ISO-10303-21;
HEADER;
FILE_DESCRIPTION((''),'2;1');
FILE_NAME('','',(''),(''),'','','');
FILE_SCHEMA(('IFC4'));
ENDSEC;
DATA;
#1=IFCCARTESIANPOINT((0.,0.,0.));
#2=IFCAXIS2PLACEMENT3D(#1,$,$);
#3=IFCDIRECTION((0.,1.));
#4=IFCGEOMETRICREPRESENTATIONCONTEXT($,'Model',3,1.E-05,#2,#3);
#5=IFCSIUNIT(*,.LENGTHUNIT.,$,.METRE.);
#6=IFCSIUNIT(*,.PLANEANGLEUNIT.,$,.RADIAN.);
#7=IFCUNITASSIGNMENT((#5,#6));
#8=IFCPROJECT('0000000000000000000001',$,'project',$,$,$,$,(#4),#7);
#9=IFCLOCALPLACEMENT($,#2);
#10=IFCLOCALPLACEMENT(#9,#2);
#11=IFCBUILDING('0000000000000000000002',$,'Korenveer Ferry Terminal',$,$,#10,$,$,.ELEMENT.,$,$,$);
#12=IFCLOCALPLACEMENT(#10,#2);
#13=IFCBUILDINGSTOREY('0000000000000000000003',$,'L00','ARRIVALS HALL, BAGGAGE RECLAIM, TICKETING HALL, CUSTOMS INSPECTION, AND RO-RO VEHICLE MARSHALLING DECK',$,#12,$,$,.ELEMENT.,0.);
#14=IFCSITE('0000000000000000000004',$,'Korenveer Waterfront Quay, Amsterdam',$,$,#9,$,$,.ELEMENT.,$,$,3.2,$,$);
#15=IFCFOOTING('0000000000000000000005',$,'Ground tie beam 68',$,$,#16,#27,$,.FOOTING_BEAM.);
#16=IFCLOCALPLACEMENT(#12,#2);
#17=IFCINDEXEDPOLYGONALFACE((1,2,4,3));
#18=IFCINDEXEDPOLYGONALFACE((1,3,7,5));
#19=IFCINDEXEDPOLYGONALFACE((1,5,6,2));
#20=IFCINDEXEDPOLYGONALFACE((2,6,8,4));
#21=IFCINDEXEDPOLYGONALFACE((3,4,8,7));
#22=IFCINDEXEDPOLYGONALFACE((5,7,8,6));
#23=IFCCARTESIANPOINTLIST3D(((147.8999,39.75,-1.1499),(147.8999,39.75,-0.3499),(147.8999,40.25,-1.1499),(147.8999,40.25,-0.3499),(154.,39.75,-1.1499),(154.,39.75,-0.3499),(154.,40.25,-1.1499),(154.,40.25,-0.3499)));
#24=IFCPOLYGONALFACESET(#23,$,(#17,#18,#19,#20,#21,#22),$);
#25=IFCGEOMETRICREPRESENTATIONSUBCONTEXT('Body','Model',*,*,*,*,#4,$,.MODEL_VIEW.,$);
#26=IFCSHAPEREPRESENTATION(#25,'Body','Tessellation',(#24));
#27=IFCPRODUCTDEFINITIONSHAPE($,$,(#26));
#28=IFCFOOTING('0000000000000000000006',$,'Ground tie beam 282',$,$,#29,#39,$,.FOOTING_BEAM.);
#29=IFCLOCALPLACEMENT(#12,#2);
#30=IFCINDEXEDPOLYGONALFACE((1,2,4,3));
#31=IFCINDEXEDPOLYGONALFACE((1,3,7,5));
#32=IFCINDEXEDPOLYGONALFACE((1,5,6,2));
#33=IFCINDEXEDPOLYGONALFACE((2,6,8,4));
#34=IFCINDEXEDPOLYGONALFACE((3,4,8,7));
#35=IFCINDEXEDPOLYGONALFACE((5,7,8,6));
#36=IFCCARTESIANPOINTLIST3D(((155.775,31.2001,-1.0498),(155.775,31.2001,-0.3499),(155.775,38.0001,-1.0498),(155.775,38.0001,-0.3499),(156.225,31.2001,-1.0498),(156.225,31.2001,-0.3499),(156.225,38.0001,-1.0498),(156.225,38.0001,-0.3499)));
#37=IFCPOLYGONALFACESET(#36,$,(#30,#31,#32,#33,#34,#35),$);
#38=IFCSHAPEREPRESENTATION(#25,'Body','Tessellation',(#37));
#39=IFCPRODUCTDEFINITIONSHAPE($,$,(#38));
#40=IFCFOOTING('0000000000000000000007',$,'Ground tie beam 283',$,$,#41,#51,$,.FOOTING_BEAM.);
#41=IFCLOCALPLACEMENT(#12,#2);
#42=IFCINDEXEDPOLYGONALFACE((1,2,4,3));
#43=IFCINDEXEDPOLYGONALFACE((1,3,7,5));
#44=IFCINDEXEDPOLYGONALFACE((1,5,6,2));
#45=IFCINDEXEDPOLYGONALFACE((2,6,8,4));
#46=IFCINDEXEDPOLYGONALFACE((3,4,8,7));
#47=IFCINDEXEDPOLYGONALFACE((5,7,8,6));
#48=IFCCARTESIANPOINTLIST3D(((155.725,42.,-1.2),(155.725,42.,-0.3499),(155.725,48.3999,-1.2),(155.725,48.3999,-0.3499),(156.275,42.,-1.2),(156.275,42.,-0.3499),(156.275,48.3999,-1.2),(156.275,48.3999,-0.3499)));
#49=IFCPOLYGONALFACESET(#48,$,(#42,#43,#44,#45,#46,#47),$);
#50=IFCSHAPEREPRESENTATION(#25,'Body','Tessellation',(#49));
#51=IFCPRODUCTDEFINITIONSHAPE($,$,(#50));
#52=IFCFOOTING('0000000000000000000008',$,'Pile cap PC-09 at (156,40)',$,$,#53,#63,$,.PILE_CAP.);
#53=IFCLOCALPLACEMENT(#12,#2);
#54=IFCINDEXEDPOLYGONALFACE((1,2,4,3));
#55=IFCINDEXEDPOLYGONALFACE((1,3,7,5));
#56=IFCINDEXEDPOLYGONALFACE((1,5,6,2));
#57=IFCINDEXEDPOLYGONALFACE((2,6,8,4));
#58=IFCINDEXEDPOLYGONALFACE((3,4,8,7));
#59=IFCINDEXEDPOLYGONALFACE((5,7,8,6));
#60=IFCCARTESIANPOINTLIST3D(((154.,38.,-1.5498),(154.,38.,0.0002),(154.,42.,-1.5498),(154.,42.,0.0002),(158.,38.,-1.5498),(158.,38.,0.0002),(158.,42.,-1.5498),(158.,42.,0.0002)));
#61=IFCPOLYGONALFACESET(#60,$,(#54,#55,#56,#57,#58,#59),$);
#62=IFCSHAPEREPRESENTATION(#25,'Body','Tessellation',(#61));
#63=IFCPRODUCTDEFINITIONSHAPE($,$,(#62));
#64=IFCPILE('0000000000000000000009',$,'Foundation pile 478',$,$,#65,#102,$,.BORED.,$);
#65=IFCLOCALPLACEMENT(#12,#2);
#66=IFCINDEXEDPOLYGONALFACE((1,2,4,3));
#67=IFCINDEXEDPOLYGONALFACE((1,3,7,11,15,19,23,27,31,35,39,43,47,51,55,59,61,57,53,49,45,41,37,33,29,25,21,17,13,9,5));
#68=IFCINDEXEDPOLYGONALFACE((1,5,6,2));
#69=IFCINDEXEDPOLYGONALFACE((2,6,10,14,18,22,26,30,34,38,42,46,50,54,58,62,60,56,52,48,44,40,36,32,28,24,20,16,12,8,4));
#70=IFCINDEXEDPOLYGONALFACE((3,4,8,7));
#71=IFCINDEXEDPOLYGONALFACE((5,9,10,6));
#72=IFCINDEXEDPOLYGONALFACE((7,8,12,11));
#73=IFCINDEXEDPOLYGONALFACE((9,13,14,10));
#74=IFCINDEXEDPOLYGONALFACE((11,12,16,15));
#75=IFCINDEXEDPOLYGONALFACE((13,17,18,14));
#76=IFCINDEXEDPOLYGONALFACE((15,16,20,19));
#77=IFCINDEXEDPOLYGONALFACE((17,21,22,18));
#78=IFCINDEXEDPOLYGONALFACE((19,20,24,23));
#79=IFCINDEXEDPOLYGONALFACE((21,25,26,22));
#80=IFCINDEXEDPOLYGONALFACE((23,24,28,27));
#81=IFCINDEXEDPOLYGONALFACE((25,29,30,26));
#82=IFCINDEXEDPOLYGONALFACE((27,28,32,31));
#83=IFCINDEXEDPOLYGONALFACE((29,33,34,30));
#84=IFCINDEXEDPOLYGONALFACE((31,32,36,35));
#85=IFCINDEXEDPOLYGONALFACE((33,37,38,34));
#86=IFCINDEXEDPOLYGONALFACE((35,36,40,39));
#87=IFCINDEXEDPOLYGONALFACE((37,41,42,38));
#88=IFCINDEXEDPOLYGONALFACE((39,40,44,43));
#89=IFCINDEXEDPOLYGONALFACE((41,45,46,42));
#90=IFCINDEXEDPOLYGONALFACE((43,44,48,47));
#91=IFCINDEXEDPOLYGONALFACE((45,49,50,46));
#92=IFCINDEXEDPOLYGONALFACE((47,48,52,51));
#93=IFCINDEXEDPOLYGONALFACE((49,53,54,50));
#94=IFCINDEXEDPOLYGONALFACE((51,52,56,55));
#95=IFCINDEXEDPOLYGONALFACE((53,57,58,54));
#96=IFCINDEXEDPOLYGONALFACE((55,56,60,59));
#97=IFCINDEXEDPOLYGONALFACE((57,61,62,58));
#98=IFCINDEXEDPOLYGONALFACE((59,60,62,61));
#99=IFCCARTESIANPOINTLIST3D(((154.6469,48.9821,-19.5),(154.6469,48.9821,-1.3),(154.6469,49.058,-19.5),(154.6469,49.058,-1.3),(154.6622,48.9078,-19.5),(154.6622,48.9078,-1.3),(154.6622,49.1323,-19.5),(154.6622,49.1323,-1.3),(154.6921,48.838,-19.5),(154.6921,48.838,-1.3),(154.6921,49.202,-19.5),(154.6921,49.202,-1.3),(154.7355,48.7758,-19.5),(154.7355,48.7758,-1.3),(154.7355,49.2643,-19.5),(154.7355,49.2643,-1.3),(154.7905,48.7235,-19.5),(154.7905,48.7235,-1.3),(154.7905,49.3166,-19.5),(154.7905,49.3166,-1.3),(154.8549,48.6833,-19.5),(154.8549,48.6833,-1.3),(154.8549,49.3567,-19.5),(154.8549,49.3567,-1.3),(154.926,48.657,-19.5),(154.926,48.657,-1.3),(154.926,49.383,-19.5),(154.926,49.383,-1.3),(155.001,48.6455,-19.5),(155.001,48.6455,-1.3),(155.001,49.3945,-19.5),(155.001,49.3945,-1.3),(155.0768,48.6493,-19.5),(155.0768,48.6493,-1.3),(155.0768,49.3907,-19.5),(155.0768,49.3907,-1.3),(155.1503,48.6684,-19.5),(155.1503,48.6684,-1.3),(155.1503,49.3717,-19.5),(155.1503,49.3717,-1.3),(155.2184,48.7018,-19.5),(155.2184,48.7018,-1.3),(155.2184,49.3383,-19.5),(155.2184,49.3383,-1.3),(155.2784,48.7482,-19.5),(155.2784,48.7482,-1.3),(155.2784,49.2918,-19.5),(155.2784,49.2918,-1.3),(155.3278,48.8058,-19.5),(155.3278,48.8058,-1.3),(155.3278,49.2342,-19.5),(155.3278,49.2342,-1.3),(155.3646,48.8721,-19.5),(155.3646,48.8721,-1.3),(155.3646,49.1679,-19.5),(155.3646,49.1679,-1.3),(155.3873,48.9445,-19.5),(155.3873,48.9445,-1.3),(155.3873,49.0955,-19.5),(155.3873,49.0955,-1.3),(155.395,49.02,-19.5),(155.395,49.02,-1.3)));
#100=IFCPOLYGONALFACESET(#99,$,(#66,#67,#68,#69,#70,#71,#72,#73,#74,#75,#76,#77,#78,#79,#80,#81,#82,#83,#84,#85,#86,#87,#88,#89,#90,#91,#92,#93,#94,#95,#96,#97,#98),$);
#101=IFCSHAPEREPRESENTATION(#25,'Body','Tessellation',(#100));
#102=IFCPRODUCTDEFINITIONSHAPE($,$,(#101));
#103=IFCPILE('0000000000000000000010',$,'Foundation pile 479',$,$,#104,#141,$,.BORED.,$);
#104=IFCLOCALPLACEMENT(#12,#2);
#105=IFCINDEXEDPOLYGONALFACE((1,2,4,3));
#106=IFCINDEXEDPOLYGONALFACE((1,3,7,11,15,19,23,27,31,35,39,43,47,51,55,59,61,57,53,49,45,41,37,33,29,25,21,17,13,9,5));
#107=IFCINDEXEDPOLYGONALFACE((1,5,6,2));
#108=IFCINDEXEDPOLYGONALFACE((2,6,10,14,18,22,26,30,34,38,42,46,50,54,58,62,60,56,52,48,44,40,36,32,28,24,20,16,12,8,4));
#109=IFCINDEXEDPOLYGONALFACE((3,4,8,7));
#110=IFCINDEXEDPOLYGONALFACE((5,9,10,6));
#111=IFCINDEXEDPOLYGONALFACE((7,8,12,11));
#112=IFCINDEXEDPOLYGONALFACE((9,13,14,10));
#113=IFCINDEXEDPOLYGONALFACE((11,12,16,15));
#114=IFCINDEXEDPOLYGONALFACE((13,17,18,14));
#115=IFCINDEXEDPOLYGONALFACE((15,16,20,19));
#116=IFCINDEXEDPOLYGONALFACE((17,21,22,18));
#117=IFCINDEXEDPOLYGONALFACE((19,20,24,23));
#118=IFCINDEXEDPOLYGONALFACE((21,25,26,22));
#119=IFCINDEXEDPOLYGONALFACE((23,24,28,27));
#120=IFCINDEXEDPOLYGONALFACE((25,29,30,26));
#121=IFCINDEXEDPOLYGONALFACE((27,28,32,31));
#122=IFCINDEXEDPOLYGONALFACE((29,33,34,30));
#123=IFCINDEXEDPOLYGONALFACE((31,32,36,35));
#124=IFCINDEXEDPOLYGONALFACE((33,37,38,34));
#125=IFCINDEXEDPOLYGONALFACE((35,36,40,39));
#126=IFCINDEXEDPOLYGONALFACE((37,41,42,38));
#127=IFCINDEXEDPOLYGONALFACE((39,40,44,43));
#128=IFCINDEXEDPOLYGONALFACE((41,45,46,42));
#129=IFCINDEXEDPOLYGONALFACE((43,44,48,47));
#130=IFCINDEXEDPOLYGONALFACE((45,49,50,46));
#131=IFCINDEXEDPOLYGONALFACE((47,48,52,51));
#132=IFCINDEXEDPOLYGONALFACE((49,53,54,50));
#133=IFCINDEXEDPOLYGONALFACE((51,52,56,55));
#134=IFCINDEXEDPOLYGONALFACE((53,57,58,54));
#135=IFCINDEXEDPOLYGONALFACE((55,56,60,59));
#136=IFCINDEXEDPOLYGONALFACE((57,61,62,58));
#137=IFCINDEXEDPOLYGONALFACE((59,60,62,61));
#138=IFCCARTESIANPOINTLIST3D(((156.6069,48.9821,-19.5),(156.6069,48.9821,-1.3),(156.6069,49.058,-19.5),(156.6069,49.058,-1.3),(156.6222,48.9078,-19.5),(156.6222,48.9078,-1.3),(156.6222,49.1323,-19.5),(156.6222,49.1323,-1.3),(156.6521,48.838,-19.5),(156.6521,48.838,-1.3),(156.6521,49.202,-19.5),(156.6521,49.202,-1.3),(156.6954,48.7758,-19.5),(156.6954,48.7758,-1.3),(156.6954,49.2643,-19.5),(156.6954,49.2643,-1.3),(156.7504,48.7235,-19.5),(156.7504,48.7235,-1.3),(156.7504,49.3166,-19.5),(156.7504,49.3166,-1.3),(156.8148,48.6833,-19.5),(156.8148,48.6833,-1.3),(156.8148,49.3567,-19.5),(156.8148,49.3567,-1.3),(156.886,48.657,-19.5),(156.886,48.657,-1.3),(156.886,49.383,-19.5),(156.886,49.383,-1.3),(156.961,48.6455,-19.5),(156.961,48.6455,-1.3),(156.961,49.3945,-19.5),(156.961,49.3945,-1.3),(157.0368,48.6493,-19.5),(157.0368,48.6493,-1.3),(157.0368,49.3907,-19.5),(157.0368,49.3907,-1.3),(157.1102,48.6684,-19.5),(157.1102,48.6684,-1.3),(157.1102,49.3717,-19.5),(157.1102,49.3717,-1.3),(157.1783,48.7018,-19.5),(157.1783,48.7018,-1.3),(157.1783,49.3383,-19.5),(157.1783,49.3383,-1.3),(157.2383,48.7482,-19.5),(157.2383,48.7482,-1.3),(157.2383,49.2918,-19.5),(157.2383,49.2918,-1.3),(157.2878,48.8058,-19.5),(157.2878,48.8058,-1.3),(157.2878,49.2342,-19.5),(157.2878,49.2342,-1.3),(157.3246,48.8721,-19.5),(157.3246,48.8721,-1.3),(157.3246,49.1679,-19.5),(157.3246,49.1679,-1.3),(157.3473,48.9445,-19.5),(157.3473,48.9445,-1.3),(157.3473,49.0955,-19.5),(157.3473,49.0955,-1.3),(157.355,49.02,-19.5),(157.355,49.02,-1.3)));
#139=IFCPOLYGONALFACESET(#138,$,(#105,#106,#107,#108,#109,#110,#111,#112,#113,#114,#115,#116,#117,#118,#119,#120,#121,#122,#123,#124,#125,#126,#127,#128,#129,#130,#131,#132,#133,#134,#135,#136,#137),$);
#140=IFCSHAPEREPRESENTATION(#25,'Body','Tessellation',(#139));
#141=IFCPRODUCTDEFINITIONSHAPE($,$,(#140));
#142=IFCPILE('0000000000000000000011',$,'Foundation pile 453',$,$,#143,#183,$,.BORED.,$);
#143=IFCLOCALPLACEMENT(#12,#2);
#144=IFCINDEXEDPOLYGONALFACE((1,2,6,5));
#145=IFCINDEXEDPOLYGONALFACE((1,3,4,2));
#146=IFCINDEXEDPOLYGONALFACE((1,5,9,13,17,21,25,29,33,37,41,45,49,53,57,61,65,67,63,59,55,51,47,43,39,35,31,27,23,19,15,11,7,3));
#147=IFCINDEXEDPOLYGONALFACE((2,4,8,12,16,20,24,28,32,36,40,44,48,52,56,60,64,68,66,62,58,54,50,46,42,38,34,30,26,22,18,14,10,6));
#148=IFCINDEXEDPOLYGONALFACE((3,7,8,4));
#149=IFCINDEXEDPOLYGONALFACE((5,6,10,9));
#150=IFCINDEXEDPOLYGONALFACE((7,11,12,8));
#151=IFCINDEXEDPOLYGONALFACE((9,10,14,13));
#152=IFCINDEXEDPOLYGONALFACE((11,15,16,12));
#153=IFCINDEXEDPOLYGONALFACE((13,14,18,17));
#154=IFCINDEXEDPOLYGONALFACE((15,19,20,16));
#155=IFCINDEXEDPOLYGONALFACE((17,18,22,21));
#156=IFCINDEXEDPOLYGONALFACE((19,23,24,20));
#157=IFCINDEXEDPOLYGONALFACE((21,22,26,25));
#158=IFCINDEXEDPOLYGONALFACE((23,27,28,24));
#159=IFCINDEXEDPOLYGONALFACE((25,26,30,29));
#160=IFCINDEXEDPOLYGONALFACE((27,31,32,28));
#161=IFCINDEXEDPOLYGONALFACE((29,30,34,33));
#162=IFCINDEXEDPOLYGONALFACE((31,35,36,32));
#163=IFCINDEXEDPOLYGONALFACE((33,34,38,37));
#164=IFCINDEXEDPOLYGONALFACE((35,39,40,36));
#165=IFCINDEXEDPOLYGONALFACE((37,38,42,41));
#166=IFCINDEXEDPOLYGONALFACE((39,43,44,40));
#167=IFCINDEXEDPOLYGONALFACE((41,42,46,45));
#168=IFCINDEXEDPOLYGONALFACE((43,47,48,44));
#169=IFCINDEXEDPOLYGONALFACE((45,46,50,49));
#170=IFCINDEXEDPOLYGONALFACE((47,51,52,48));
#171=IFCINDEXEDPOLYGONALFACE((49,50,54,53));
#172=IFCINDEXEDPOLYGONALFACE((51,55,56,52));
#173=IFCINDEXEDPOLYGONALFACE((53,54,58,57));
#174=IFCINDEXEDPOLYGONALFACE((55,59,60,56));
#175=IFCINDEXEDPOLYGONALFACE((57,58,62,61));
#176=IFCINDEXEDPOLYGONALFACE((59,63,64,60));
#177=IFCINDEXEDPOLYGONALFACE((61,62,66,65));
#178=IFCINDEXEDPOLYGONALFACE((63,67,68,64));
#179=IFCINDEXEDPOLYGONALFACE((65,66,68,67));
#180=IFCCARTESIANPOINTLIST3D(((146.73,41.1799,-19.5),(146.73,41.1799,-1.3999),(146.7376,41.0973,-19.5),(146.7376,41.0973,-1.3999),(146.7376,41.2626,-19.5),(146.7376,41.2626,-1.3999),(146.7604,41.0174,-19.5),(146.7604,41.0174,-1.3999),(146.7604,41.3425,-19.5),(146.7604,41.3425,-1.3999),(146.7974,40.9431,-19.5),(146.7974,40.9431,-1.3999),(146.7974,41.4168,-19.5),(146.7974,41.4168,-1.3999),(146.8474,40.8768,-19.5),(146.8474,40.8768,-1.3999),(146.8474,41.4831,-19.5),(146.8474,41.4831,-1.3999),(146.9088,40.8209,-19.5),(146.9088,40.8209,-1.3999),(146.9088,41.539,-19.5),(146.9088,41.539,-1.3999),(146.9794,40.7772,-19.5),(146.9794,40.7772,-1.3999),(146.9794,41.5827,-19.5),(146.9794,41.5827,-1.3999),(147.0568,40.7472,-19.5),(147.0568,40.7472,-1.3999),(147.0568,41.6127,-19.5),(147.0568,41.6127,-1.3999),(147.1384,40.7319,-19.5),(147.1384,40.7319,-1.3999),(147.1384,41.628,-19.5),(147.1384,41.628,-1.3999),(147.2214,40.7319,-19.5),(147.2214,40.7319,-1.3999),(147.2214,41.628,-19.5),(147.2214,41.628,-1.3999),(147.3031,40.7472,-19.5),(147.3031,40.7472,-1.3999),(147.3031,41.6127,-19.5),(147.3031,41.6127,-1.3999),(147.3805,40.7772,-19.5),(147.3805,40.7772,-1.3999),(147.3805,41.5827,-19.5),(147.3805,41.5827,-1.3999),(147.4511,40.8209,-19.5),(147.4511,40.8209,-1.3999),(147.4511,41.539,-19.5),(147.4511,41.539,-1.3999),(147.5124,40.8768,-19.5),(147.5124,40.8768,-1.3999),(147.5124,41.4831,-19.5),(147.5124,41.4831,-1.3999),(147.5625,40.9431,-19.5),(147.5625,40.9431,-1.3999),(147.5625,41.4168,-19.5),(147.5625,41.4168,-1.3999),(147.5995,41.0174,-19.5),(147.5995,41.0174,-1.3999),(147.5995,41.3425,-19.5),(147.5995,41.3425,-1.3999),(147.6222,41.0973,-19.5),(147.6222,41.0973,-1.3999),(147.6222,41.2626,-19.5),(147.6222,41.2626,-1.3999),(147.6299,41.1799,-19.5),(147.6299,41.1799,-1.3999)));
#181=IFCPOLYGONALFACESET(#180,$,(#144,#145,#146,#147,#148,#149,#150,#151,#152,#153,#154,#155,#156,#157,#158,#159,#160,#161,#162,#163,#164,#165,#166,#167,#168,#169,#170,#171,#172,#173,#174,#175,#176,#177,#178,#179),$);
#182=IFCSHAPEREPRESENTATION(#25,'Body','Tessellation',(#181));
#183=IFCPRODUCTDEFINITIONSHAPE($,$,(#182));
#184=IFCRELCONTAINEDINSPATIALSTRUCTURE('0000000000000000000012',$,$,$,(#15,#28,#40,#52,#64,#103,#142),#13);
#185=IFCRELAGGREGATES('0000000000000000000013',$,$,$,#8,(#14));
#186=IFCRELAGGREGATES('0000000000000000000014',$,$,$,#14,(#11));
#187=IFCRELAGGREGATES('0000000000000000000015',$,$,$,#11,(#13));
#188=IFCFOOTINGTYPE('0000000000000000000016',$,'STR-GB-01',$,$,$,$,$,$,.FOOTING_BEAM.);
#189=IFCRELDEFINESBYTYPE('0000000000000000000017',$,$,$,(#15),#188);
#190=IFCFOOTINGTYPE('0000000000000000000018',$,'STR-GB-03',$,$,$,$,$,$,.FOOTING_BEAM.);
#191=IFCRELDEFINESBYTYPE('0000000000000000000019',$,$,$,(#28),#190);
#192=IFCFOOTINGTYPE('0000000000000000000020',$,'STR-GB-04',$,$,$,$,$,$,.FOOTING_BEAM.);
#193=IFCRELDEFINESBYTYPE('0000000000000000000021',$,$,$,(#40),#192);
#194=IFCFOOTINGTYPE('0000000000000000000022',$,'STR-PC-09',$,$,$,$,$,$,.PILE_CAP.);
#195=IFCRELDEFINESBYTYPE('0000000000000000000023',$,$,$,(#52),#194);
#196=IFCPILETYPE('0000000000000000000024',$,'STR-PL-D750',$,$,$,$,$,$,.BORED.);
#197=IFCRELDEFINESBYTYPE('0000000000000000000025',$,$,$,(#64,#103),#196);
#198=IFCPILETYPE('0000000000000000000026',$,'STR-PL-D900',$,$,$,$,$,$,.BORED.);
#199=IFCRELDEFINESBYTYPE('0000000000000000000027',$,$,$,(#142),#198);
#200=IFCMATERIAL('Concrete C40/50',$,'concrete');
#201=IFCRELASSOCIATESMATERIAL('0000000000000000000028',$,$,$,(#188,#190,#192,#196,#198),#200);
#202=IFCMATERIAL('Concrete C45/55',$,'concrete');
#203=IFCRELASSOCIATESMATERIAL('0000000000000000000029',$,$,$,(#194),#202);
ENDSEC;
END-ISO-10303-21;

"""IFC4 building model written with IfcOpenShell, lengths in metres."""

from ifc_helpers import new_model, si_unit, direction, frame, origin, origin_2d, place, context, subcontext, project, spatial, rectangle, circle, extrude, material, material_profile, profile_set, type_object, element, save


model = new_model("IFC4")

# Units and contexts
model_context = context("Model", 3, precision=1e-05, world=origin(), true_north=direction((0.0, 1.0)))
body_context = subcontext(model_context, "Body", "Model", "MODEL_VIEW")
ifc_project = project(units=[si_unit("LENGTHUNIT", "METRE"), si_unit("PLANEANGLEUNIT", "RADIAN")], contexts=[model_context])

# Site, building, storey
site_placement = place(None, origin())
site = spatial("IfcSite", under=ifc_project, at=site_placement, Name="Korenveer Waterfront Quay, Amsterdam", CompositionType="ELEMENT", RefElevation=3.2)
building_placement = place(site_placement, origin())
building = spatial("IfcBuilding", under=site, at=building_placement, Name="Korenveer Ferry Terminal", CompositionType="ELEMENT")
storey_placement = place(building_placement, origin())
storey = spatial("IfcBuildingStorey", under=building, at=storey_placement, Name="L00", Description="ARRIVALS HALL, BAGGAGE RECLAIM, TICKETING HALL, CUSTOMS INSPECTION, AND RO-RO VEHICLE MARSHALLING DECK", CompositionType="ELEMENT", Elevation=0.0)

# Footings
ifc_material_1 = material(Name="Concrete C40/50", Category="concrete")
footing_type_1 = type_object("IfcFootingType", Name="STR-GB-01", PredefinedType="FOOTING_BEAM", material=ifc_material_1)
footing_1_placement = place(storey_placement, frame((150.95, 40.0, -1.1499), z_axis=(0.0, 0.0, 1.0), x_axis=(1.0, 0.0, 0.0)))
element("IfcFooting", 1, at=footing_1_placement, inside=storey, type_object=footing_type_1, Name="Ground tie beam 68", PredefinedType="FOOTING_BEAM", context=body_context, shape_type="SweptSolid", body=[
    extrude(rectangle(XDim=6.1001, YDim=0.5, at=origin_2d()), origin(), (0.0, 0.0, 1.0), 0.8),
])
footing_type_2 = type_object("IfcFootingType", Name="STR-GB-03", PredefinedType="FOOTING_BEAM", material=ifc_material_1)
footing_2_placement = place(storey_placement, frame((156.0, 34.6001, -1.0498), z_axis=(0.0, 0.0, 1.0), x_axis=(1.0, 0.0, 0.0)))
element("IfcFooting", 2, at=footing_2_placement, inside=storey, type_object=footing_type_2, Name="Ground tie beam 282", PredefinedType="FOOTING_BEAM", context=body_context, shape_type="SweptSolid", body=[
    extrude(rectangle(XDim=0.45, YDim=6.8, at=origin_2d()), origin(), (0.0, 0.0, 1.0), 0.7),
])
footing_type_3 = type_object("IfcFootingType", Name="STR-GB-04", PredefinedType="FOOTING_BEAM", material=ifc_material_1)
footing_3_placement = place(storey_placement, frame((156.0, 45.2, -1.2), z_axis=(0.0, 0.0, 1.0), x_axis=(1.0, 0.0, 0.0)))
element("IfcFooting", 3, at=footing_3_placement, inside=storey, type_object=footing_type_3, Name="Ground tie beam 283", PredefinedType="FOOTING_BEAM", context=body_context, shape_type="SweptSolid", body=[
    extrude(rectangle(XDim=0.55, YDim=6.3999, at=origin_2d()), origin(), (0.0, 0.0, 1.0), 0.8501),
])
ifc_material_2 = material(Name="Concrete C45/55", Category="concrete")
footing_type_4 = type_object("IfcFootingType", Name="STR-PC-09", PredefinedType="PILE_CAP", material=ifc_material_2)
footing_4_placement = place(storey_placement, frame((156.0, 40.0, -1.5498), z_axis=(0.0, 0.0, 1.0), x_axis=(1.0, 0.0, 0.0)))
element("IfcFooting", 4, at=footing_4_placement, inside=storey, type_object=footing_type_4, Name="Pile cap PC-09 at (156,40)", PredefinedType="PILE_CAP", context=body_context, shape_type="SweptSolid", body=[
    extrude(rectangle(XDim=4.0, YDim=4.0, at=origin_2d()), origin(), (0.0, 0.0, 1.0), 1.55),
])

# Piles
ifc_material_profile_1 = material_profile(ifc_material_1, circle(Radius=0.375, at=origin_2d()), Name="PILE D750")
ifc_profile_set_1 = profile_set([ifc_material_profile_1], Name="Concrete C40/50")
pile_type_1 = type_object("IfcPileType", Name="STR-PL-D750", PredefinedType="BORED", material=ifc_profile_set_1)
for number, where, z_axis, x_axis, name in (
    (5, (155.02, 49.02, -1.3), (0.0, 0.0, -1.0), (1.0, 0.0, 0.0), "Foundation pile 478"),
    (6, (156.98, 49.02, -1.3), (0.0, 0.0, -1.0), (1.0, 0.0, 0.0), "Foundation pile 479"),
):
    element("IfcPile", number, at=place(storey_placement, frame(where, z_axis=z_axis, x_axis=x_axis)), inside=storey, type_object=pile_type_1, Name=name, PredefinedType="BORED", context=body_context, shape_type="SweptSolid", body=[
        extrude(circle(Radius=0.375, at=origin_2d()), origin(), (0.0, 0.0, 1.0), 18.2),
    ])
ifc_material_profile_2 = material_profile(ifc_material_1, circle(Radius=0.45, at=origin_2d()), Name="PILE D900")
ifc_profile_set_2 = profile_set([ifc_material_profile_2], Name="Concrete C40/50")
pile_type_2 = type_object("IfcPileType", Name="STR-PL-D900", PredefinedType="BORED", material=ifc_profile_set_2)
pile_placement = place(storey_placement, frame((147.1799, 41.1799, -1.3999), z_axis=(0.0, 0.0, -1.0), x_axis=(1.0, 0.0, 0.0)))
element("IfcPile", 7, at=pile_placement, inside=storey, type_object=pile_type_2, Name="Foundation pile 453", PredefinedType="BORED", context=body_context, shape_type="SweptSolid", body=[
    extrude(circle(Radius=0.45, at=origin_2d()), origin(), (0.0, 0.0, 1.0), 18.1001),
])

save(model, "model.ifc")
